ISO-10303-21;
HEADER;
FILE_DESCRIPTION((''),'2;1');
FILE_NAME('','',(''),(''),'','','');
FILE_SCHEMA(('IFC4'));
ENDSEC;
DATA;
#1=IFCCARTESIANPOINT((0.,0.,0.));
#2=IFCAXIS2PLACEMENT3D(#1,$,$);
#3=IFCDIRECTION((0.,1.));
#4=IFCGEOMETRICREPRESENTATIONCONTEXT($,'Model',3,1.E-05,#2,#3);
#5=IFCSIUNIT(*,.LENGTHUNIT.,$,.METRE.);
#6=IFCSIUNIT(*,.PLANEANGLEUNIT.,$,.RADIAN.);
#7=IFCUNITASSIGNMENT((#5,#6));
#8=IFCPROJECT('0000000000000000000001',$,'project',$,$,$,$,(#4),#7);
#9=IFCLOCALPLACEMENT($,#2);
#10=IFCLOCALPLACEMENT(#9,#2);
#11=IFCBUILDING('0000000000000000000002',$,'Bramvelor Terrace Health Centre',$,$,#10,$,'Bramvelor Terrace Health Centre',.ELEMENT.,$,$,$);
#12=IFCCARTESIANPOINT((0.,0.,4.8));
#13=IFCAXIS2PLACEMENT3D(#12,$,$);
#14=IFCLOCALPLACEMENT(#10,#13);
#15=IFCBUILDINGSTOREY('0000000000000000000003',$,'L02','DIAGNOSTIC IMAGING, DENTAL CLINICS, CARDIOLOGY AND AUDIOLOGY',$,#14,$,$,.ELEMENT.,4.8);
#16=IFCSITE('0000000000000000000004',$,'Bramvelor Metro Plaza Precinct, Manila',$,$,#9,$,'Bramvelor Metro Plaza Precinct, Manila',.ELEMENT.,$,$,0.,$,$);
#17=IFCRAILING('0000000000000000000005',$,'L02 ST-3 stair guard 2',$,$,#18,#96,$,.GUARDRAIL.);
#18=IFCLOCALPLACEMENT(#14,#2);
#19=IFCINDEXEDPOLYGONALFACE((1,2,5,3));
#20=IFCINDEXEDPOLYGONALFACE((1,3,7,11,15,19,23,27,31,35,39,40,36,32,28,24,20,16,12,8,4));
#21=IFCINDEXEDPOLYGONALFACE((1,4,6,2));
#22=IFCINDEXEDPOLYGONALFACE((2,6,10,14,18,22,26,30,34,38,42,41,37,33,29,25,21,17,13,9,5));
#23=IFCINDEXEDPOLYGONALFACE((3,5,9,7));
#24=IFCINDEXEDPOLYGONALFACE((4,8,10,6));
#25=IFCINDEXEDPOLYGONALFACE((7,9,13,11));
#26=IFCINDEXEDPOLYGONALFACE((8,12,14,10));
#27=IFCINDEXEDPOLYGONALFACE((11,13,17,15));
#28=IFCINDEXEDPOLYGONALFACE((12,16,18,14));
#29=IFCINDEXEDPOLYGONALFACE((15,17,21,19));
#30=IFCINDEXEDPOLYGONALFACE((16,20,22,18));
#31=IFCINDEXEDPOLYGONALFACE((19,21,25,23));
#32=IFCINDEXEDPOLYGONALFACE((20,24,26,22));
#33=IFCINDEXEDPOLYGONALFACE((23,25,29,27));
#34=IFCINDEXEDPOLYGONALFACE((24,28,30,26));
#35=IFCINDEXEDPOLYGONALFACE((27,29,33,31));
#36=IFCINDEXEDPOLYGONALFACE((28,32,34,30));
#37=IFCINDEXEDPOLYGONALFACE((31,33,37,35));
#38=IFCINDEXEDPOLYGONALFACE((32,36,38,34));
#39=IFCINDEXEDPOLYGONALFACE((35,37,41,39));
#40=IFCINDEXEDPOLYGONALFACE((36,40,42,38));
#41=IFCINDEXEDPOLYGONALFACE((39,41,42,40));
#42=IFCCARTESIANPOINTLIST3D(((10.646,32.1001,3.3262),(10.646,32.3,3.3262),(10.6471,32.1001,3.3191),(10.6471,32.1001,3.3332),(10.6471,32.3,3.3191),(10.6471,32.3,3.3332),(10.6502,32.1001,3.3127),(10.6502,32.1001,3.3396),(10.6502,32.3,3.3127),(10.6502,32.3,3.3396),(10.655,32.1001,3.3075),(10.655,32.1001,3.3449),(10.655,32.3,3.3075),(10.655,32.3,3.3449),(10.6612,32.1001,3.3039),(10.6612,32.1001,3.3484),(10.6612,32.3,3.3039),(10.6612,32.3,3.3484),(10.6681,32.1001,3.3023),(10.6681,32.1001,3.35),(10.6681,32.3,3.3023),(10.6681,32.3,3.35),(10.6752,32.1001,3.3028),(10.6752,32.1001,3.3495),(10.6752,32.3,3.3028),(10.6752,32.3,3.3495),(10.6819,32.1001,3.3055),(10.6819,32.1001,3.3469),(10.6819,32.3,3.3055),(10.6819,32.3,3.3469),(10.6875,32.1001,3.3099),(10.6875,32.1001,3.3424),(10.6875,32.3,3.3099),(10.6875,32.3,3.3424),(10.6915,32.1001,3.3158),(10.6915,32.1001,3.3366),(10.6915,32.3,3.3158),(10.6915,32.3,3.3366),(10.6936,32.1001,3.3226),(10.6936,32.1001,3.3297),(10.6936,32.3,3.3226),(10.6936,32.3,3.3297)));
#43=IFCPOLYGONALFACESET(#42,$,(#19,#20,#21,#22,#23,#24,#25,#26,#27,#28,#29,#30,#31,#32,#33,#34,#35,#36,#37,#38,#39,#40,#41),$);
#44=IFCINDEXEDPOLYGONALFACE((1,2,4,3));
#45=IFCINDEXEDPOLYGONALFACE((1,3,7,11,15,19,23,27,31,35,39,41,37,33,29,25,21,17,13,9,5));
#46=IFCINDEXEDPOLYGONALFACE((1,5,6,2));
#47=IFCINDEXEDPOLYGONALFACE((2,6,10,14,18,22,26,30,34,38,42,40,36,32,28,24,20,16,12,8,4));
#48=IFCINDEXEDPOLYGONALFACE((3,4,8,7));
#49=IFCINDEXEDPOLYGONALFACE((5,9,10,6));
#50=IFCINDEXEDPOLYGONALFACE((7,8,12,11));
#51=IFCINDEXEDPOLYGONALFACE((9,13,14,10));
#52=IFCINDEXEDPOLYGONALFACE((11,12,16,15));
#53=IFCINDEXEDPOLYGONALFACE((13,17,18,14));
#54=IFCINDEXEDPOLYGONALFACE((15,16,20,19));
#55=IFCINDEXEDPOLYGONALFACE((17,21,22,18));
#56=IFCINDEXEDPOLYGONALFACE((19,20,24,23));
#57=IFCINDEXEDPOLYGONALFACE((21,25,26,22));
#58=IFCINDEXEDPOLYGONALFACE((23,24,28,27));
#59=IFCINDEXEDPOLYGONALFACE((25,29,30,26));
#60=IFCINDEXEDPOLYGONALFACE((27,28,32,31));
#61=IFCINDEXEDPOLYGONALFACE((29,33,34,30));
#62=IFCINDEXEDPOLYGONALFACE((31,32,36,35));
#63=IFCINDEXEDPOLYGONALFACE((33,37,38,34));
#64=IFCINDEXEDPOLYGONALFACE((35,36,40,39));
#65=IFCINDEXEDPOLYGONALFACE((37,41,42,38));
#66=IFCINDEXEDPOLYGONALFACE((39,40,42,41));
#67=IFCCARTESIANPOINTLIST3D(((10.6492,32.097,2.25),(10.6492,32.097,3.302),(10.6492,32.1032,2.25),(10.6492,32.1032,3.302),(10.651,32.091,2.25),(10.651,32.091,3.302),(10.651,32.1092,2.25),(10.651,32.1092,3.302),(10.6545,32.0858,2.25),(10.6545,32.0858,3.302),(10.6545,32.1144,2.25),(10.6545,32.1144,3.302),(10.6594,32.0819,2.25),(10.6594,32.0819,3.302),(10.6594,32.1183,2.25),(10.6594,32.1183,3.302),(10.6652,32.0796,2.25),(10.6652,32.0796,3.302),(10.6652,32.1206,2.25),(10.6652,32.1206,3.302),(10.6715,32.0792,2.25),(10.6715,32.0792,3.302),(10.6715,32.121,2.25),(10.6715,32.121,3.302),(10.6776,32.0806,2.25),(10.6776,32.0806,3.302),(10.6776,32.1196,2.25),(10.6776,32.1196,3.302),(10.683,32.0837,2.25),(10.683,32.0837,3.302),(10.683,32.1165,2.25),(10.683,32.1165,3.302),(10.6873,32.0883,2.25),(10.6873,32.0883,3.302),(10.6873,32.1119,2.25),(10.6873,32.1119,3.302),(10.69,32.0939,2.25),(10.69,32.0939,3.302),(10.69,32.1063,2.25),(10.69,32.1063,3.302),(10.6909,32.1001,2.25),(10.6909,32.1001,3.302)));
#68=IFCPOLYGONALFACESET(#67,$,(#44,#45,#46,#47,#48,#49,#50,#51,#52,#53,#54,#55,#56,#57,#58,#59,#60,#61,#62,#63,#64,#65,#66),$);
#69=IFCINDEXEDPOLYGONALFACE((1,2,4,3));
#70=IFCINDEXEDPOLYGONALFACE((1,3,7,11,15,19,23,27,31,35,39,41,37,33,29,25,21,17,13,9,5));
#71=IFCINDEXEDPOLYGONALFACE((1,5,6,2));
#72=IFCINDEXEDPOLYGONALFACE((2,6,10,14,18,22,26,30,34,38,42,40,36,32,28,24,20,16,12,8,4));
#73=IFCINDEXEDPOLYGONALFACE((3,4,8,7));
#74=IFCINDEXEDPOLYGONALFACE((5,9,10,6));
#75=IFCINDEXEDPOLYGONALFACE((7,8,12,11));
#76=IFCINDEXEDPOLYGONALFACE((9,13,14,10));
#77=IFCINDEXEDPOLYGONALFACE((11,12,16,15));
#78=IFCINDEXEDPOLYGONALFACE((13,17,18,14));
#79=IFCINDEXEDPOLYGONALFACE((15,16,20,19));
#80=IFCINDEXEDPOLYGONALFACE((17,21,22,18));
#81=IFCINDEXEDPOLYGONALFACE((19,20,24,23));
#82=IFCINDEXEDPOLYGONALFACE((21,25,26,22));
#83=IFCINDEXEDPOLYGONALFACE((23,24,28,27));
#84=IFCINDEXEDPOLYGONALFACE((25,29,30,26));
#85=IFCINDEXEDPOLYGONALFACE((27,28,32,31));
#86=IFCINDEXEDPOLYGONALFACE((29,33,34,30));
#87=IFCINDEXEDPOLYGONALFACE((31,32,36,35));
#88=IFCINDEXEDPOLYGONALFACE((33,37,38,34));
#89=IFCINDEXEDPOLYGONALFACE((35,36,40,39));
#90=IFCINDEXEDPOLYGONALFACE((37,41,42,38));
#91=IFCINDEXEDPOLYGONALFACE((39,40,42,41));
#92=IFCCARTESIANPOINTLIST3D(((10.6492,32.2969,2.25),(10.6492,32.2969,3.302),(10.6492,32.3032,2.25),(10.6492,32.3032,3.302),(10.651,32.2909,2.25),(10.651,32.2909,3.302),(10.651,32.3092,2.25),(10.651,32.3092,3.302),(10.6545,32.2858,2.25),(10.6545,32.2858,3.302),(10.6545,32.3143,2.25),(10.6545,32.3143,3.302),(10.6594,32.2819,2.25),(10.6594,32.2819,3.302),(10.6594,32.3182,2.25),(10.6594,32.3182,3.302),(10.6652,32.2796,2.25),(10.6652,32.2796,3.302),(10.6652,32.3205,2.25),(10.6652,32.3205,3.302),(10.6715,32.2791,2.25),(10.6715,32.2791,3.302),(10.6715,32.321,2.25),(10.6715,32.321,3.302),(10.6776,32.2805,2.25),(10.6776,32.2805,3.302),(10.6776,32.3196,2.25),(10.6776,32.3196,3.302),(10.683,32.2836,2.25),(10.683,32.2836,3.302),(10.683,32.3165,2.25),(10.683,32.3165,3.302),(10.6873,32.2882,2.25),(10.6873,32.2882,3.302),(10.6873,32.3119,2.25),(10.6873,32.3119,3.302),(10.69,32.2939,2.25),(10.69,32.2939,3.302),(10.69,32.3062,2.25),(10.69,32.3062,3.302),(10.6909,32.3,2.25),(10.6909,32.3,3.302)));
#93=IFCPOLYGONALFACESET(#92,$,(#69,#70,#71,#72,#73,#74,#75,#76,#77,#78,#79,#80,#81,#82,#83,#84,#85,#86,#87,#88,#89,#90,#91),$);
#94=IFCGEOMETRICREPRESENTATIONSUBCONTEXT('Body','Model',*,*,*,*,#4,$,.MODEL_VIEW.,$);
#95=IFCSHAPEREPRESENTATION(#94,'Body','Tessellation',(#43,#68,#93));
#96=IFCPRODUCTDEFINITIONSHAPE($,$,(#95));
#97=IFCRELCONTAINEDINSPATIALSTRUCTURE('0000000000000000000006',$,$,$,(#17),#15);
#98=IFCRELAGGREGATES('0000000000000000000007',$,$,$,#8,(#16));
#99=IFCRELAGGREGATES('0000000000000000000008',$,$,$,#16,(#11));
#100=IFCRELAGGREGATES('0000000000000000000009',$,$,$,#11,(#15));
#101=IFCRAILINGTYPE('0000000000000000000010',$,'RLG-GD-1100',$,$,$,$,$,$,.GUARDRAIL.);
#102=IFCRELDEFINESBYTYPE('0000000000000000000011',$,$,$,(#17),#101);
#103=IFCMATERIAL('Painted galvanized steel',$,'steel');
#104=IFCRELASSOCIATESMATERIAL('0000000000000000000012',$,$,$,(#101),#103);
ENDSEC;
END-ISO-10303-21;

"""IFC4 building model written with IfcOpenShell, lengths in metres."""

from ifc_helpers import new_model, si_unit, direction, frame, origin, origin_2d, place, context, subcontext, project, spatial, circle, extrude, material, type_object, element, save


model = new_model("IFC4")

# Units and contexts
model_context = context("Model", 3, precision=1e-05, world=origin(), true_north=direction((0.0, 1.0)))
body_context = subcontext(model_context, "Body", "Model", "MODEL_VIEW")
ifc_project = project(units=[si_unit("LENGTHUNIT", "METRE"), si_unit("PLANEANGLEUNIT", "RADIAN")], contexts=[model_context])

# Site, building, storey
site_placement = place(None, origin())
site = spatial("IfcSite", under=ifc_project, at=site_placement, Name="Bramvelor Metro Plaza Precinct, Manila", LongName="Bramvelor Metro Plaza Precinct, Manila", CompositionType="ELEMENT", RefElevation=0.0)
building_placement = place(site_placement, origin())
building = spatial("IfcBuilding", under=site, at=building_placement, Name="Bramvelor Terrace Health Centre", LongName="Bramvelor Terrace Health Centre", CompositionType="ELEMENT")
storey_placement = place(building_placement, frame((0.0, 0.0, 4.8)))
storey = spatial("IfcBuildingStorey", under=building, at=storey_placement, Name="L02", Description="DIAGNOSTIC IMAGING, DENTAL CLINICS, CARDIOLOGY AND AUDIOLOGY", CompositionType="ELEMENT", Elevation=4.8)

# Railing
ifc_material_1 = material(Name="Painted galvanized steel", Category="steel")
railing_type_1 = type_object("IfcRailingType", Name="RLG-GD-1100", PredefinedType="GUARDRAIL", material=ifc_material_1)
railing_1_placement = place(storey_placement, frame((10.6699, 32.1001, 2.25)))
element("IfcRailing", 1, at=railing_1_placement, inside=storey, type_object=railing_type_1, Name="L02 ST-3 stair guard 2", PredefinedType="GUARDRAIL", context=body_context, shape_type="SweptSolid", body=[
    extrude(circle(Radius=0.0239, at=origin_2d()), frame((0.0, 0.0, 1.0762), z_axis=(0.0, 1.0, 0.0), x_axis=(-1.0, 0.0, 0.0)), (0.0, 0.0, 1.0), 0.2),
    extrude(circle(Radius=0.021, at=origin_2d()), origin(), (0.0, 0.0, 1.0), 1.052),
    extrude(circle(Radius=0.021, at=origin_2d()), frame((0.0, 0.2, 0.0)), (0.0, 0.0, 1.0), 1.052),
])

save(model, "model.ifc")
